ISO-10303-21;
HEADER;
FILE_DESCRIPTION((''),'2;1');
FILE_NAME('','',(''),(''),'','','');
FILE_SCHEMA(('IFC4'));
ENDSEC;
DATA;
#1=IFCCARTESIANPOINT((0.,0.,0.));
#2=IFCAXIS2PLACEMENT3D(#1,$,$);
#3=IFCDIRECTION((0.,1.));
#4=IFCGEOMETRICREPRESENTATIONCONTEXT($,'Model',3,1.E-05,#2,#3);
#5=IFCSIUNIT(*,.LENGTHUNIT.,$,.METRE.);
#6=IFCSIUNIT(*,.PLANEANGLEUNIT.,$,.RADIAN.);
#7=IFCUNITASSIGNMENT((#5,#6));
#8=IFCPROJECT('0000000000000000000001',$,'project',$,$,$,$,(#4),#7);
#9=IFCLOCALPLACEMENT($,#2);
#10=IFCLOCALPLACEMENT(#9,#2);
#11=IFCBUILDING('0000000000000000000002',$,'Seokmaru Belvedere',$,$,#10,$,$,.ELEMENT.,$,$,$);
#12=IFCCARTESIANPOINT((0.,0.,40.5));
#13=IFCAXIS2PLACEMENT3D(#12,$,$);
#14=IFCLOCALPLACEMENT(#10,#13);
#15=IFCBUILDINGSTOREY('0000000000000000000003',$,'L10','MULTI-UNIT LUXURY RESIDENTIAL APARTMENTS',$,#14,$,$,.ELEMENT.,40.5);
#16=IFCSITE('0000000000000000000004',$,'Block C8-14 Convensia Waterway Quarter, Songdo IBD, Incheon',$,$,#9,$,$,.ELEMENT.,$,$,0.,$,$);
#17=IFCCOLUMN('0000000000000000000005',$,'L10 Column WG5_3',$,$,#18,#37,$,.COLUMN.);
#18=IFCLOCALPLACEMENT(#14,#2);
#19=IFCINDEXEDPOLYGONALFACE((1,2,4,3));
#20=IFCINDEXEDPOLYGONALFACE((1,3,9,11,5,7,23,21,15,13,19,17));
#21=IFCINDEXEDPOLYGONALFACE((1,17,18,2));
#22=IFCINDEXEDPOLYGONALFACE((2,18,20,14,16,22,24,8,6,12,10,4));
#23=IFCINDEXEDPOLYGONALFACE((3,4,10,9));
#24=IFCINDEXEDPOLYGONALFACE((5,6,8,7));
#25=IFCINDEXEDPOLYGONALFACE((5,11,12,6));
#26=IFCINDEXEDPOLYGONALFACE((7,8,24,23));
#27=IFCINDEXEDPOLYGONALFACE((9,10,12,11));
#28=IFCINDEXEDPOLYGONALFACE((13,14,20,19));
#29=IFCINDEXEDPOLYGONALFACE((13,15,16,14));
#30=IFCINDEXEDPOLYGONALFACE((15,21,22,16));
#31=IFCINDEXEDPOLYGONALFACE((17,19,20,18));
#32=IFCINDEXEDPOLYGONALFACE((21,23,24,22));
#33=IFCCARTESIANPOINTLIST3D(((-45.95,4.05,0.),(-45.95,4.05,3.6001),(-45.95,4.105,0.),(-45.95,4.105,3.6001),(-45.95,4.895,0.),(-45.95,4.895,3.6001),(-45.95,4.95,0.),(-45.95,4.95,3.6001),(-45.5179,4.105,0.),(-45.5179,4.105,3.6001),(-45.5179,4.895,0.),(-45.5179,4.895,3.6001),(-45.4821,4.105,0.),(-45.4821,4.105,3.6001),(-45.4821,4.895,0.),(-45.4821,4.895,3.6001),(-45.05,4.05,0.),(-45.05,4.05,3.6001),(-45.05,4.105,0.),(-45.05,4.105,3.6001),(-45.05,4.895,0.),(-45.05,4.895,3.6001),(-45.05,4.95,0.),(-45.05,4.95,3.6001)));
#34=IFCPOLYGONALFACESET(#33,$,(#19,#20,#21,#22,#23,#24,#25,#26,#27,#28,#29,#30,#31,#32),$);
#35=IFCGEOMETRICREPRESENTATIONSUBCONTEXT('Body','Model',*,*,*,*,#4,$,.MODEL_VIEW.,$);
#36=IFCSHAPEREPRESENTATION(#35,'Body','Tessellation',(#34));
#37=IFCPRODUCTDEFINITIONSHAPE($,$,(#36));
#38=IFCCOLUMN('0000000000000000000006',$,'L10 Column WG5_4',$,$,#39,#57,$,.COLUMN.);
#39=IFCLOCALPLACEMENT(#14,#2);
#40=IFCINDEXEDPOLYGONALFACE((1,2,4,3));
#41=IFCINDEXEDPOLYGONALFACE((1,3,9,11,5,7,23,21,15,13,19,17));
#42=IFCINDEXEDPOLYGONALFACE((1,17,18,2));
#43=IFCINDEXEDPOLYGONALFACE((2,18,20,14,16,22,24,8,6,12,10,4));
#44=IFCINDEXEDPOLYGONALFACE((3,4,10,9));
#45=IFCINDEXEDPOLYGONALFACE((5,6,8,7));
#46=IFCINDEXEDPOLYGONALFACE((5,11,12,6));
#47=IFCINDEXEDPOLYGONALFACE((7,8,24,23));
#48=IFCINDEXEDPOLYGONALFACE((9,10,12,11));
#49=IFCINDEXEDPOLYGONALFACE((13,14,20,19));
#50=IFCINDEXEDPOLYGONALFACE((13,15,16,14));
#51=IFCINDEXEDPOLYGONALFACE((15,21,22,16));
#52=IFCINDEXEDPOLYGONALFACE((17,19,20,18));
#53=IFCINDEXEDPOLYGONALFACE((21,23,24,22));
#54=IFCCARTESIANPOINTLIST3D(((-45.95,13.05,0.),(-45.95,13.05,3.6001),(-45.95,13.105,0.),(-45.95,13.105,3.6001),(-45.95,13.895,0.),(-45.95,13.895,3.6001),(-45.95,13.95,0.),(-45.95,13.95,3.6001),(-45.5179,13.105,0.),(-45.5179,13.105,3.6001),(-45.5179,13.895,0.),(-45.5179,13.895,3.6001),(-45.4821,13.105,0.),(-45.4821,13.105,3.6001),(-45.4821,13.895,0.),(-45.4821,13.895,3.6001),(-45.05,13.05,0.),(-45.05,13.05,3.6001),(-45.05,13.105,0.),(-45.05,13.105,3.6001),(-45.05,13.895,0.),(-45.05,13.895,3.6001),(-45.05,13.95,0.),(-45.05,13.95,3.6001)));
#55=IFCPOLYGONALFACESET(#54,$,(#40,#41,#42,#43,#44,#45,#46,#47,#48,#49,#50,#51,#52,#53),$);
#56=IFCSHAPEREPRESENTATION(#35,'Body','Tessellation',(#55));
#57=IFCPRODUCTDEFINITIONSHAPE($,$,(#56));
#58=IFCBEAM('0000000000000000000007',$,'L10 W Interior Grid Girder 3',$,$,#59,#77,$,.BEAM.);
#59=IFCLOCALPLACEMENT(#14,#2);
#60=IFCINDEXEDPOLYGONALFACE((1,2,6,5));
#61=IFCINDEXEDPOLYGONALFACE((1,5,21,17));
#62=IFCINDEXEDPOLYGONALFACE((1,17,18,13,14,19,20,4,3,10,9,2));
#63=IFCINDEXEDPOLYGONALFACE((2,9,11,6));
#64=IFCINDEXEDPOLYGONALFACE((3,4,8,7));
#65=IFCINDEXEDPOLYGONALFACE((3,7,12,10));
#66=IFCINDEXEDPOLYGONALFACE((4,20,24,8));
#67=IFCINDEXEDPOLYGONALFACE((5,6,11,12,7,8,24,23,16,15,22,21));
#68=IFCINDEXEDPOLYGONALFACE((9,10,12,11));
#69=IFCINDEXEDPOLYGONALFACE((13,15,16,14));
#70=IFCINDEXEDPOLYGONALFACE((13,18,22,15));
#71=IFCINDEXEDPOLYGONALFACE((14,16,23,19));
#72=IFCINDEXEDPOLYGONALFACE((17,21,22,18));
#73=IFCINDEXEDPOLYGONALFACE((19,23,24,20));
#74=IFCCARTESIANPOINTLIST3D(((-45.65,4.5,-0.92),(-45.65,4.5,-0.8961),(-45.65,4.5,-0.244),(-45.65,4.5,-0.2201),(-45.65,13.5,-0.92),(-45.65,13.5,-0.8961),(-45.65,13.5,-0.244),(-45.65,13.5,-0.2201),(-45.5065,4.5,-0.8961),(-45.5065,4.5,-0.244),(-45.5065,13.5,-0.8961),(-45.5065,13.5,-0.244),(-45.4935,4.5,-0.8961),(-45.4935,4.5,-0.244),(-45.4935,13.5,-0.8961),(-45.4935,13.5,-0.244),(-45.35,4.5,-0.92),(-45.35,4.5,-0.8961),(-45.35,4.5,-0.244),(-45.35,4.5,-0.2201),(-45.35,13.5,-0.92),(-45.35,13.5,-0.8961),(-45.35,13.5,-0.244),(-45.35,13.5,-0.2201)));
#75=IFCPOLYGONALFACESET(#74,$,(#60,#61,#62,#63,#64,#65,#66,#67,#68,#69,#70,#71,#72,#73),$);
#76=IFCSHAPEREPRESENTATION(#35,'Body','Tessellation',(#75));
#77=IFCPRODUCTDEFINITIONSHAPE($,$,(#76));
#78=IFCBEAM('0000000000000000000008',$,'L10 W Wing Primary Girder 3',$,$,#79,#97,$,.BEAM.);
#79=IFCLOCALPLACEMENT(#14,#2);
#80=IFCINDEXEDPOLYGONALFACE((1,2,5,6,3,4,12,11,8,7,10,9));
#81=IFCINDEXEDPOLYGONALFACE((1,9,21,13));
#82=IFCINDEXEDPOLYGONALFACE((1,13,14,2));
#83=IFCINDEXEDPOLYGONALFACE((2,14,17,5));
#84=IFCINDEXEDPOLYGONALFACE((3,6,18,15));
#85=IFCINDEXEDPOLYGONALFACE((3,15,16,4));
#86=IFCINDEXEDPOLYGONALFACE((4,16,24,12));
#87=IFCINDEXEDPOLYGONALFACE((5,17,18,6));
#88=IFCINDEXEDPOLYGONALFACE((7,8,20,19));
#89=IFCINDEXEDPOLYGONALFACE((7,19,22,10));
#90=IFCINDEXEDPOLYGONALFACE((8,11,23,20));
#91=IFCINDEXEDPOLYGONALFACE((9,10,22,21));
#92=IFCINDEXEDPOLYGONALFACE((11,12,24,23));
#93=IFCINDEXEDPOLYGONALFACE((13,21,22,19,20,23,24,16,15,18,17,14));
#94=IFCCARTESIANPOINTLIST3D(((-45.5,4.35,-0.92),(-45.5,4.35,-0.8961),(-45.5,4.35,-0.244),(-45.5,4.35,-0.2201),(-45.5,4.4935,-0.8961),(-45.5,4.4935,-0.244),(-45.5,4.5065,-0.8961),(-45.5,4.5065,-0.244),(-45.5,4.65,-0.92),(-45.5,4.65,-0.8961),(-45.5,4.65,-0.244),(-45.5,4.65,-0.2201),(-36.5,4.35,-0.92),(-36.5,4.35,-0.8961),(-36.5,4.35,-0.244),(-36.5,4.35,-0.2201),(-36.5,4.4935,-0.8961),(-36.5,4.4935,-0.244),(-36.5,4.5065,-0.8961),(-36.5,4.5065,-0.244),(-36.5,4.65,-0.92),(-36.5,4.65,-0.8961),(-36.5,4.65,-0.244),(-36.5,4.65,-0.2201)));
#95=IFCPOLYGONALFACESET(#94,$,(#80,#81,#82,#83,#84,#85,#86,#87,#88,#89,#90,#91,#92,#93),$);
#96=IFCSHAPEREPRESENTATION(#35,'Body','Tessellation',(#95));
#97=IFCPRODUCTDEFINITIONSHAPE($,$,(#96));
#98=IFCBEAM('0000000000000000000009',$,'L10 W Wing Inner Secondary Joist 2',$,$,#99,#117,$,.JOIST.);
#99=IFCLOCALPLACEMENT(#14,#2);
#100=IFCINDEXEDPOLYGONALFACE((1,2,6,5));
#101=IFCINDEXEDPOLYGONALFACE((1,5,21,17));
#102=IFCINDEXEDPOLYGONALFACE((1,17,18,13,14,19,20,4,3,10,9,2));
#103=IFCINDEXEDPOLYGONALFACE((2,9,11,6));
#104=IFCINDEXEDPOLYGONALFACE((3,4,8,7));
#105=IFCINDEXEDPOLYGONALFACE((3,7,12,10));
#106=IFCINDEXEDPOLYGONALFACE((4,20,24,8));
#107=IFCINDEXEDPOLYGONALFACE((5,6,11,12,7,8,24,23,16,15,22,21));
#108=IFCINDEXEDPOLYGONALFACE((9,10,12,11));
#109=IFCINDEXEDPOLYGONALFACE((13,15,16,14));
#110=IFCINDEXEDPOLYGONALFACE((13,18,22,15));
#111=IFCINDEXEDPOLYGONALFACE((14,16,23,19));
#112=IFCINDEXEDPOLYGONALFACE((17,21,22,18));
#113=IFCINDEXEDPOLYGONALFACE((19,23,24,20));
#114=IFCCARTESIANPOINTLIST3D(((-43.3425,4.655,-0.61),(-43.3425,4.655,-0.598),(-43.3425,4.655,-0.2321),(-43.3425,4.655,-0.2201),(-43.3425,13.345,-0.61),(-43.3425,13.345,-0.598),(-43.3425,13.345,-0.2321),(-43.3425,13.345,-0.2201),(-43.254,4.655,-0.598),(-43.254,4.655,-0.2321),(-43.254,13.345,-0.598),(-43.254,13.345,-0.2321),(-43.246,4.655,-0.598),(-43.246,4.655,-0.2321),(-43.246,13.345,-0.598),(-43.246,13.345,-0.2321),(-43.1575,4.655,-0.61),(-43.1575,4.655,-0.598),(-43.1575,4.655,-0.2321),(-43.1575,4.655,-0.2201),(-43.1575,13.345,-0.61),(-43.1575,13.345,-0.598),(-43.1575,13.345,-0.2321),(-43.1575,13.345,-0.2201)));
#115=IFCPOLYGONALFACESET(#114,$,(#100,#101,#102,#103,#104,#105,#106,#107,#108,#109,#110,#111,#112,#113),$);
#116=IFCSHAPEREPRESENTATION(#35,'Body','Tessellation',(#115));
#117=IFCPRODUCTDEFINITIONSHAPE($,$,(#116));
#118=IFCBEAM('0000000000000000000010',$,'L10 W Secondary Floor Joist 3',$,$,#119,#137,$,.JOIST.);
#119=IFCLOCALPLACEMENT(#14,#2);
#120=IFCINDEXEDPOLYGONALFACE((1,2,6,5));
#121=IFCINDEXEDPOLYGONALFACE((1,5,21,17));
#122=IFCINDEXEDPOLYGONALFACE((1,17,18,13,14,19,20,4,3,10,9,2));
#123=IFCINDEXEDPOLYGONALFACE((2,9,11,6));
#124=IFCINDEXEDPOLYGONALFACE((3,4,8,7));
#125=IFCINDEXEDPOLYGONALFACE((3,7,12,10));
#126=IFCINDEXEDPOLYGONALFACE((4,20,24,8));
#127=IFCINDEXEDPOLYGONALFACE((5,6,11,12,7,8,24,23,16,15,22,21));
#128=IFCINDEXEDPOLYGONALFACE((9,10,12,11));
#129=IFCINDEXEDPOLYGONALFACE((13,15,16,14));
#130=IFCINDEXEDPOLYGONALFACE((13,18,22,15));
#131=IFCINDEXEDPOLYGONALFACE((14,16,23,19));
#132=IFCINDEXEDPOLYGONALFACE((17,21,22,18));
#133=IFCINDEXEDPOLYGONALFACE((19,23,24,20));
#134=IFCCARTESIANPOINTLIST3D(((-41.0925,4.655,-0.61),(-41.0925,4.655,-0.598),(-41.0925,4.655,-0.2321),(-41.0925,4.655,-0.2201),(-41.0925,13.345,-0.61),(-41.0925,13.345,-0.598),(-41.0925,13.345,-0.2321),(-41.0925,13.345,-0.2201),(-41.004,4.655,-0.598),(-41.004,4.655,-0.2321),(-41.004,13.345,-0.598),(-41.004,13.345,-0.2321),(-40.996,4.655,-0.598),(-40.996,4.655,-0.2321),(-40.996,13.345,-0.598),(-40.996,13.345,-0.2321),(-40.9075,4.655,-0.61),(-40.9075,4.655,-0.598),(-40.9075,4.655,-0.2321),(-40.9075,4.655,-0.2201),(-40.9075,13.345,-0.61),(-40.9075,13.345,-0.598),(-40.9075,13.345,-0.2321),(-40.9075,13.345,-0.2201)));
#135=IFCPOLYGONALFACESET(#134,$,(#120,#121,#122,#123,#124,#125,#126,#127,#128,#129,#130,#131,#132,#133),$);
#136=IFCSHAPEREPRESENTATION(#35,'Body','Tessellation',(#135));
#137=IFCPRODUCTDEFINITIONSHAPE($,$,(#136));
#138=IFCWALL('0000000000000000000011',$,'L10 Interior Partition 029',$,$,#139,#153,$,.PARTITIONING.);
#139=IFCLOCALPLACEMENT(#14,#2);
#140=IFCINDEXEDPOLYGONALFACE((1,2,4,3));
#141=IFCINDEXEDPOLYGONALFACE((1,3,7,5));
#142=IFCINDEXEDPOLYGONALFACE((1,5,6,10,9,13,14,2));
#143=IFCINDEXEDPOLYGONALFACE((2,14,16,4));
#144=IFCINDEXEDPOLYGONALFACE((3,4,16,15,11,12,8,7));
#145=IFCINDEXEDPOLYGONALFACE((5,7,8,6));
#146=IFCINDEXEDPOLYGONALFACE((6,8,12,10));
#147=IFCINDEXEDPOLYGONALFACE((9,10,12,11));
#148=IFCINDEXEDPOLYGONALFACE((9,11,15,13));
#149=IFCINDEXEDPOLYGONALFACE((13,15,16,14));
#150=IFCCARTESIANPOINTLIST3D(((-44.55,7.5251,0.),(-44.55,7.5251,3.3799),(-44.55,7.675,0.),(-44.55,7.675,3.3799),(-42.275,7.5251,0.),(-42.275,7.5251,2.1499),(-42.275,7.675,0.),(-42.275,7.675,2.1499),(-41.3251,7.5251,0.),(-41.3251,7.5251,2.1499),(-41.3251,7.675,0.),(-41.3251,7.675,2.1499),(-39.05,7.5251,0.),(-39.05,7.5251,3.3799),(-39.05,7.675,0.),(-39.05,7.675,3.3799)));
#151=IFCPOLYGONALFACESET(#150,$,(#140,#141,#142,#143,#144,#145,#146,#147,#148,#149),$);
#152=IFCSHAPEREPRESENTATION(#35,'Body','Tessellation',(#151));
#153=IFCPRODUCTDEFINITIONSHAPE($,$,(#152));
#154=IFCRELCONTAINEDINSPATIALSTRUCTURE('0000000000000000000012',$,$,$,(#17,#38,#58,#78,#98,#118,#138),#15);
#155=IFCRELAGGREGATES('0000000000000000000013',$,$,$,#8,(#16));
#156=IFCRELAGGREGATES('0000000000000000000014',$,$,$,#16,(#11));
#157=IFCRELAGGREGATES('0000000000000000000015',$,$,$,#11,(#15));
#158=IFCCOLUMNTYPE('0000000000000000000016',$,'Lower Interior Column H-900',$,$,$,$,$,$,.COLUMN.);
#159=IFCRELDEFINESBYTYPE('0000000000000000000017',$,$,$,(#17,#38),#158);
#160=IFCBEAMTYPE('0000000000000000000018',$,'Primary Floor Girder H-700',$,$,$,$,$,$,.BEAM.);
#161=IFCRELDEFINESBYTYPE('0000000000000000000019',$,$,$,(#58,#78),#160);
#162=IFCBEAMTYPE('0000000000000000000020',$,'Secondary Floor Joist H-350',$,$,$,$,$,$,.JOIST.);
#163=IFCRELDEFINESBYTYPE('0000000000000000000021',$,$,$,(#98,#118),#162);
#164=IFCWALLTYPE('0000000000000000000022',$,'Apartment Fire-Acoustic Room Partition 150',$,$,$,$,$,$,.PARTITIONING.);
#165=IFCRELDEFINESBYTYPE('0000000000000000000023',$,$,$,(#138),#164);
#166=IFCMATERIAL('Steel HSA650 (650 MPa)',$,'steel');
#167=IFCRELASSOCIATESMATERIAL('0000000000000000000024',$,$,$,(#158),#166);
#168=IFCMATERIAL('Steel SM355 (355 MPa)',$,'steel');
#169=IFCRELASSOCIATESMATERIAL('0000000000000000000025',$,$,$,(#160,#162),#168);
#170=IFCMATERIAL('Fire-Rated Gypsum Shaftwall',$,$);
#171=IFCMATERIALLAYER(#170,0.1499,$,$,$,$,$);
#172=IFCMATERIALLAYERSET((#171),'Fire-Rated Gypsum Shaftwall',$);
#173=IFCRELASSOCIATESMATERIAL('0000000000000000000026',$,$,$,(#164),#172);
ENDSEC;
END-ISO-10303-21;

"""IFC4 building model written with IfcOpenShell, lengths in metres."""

from ifc_helpers import new_model, si_unit, direction, frame, frame_2d, origin, origin_2d, place, context, subcontext, project, spatial, rectangle, i_section, extrude, source, transform, mapped, material, layer, layer_set, material_profile, profile_set, type_object, type_shapes, element, save


model = new_model("IFC4")

# Units and contexts
model_context = context("Model", 3, precision=1e-05, world=origin(), true_north=direction((0.0, 1.0)))
body_context = subcontext(model_context, "Body", "Model", "MODEL_VIEW")
ifc_project = project(units=[si_unit("LENGTHUNIT", "METRE"), si_unit("PLANEANGLEUNIT", "RADIAN")], contexts=[model_context])

# Site, building, storey
site_placement = place(None, origin())
site = spatial("IfcSite", under=ifc_project, at=site_placement, Name="Block C8-14 Convensia Waterway Quarter, Songdo IBD, Incheon", CompositionType="ELEMENT", RefElevation=0.0)
building_placement = place(site_placement, origin())
building = spatial("IfcBuilding", under=site, at=building_placement, Name="Seokmaru Belvedere", CompositionType="ELEMENT")
storey_placement = place(building_placement, frame((0.0, 0.0, 40.5)))
storey = spatial("IfcBuildingStorey", under=building, at=storey_placement, Name="L10", Description="MULTI-UNIT LUXURY RESIDENTIAL APARTMENTS", CompositionType="ELEMENT", Elevation=40.5)

# Columns
ifc_material_1 = material(Name="Steel HSA650 (650 MPa)", Category="steel")
ifc_material_profile_1 = material_profile(ifc_material_1, i_section(OverallWidth=0.8999, OverallDepth=0.8999, WebThickness=0.0359, FlangeThickness=0.0549, at=origin_2d()), Name="H-900x900x36x55")
ifc_profile_set_1 = profile_set([ifc_material_profile_1], Name="Steel HSA650 (650 MPa)")
column_type = type_object("IfcColumnType", Name="Lower Interior Column H-900", PredefinedType="COLUMN", material=ifc_profile_set_1)
shared_shape_1 = source(origin(), body_context, "Body", "SweptSolid", [
    extrude(i_section(OverallWidth=0.8999, OverallDepth=0.8999, WebThickness=0.0359, FlangeThickness=0.0549, at=origin_2d()), origin(), (0.0, 0.0, 1.0), 3.6001),
])
type_shapes(column_type, [shared_shape_1])
for number, where, z_axis, x_axis, name in (
    (1, (-45.5, 4.5, 0.0), (0.0, 0.0, 1.0), (1.0, 0.0, 0.0), "L10 Column WG5_3"),
    (2, (-45.5, 13.5, 0.0), (0.0, 0.0, 1.0), (1.0, 0.0, 0.0), "L10 Column WG5_4"),
):
    element("IfcColumn", number, at=place(storey_placement, frame(where, z_axis=z_axis, x_axis=x_axis)), inside=storey, type_object=column_type, Name=name, PredefinedType="COLUMN", context=body_context, shape_type="MappedRepresentation", body=[
        mapped(shared_shape_1, transform((0.0, 0.0, 0.0), scale=1.0)),
    ])

# Beams
ifc_material_2 = material(Name="Steel SM355 (355 MPa)", Category="steel")
ifc_material_profile_2 = material_profile(ifc_material_2, i_section(OverallWidth=0.3, OverallDepth=0.7, WebThickness=0.0129, FlangeThickness=0.0239, at=origin_2d()), Name="H-700x300x13x24")
ifc_profile_set_2 = profile_set([ifc_material_profile_2], Name="Steel SM355 (355 MPa)")
beam_type_1 = type_object("IfcBeamType", Name="Primary Floor Girder H-700", PredefinedType="BEAM", material=ifc_profile_set_2)
shared_shape_2 = source(origin(), body_context, "Body", "SweptSolid", [
    extrude(i_section(OverallWidth=0.3, OverallDepth=0.7, WebThickness=0.0129, FlangeThickness=0.0239, at=origin_2d()), origin(), (0.0, 0.0, 1.0), 9.0),
])
type_shapes(beam_type_1, [shared_shape_2])
for number, where, z_axis, x_axis, name in (
    (3, (-45.5, 4.5, -0.5701), (0.0, 1.0, 0.0), (-1.0, 0.0, 0.0), "L10 W Interior Grid Girder 3"),
    (4, (-45.5, 4.5, -0.5701), (1.0, 0.0, 0.0), (0.0, 1.0, 0.0), "L10 W Wing Primary Girder 3"),
):
    element("IfcBeam", number, at=place(storey_placement, frame(where, z_axis=z_axis, x_axis=x_axis)), inside=storey, type_object=beam_type_1, Name=name, PredefinedType="BEAM", context=body_context, shape_type="MappedRepresentation", body=[
        mapped(shared_shape_2, transform((0.0, 0.0, 0.0), scale=1.0)),
    ])
ifc_material_profile_3 = material_profile(ifc_material_2, i_section(OverallWidth=0.1851, OverallDepth=0.3899, WebThickness=0.0081, FlangeThickness=0.012, at=origin_2d()), Name="H-390x185x8x12")
ifc_profile_set_3 = profile_set([ifc_material_profile_3], Name="Steel SM355 (355 MPa)")
beam_type_2 = type_object("IfcBeamType", Name="Secondary Floor Joist H-350", PredefinedType="JOIST", material=ifc_profile_set_3)
shared_shape_3 = source(origin(), body_context, "Body", "SweptSolid", [
    extrude(i_section(OverallWidth=0.1851, OverallDepth=0.3899, WebThickness=0.0081, FlangeThickness=0.012, at=origin_2d()), origin(), (0.0, 0.0, 1.0), 8.6899),
])
type_shapes(beam_type_2, [shared_shape_3])
for number, where, z_axis, x_axis, name in (
    (5, (-43.25, 4.655, -0.415), (0.0, 1.0, 0.0), (-1.0, 0.0, 0.0), "L10 W Wing Inner Secondary Joist 2"),
    (6, (-41.0, 4.655, -0.415), (0.0, 1.0, 0.0), (-1.0, 0.0, 0.0), "L10 W Secondary Floor Joist 3"),
):
    element("IfcBeam", number, at=place(storey_placement, frame(where, z_axis=z_axis, x_axis=x_axis)), inside=storey, type_object=beam_type_2, Name=name, PredefinedType="JOIST", context=body_context, shape_type="MappedRepresentation", body=[
        mapped(shared_shape_3, transform((0.0, 0.0, 0.0), scale=1.0)),
    ])

# Wall, opening
ifc_material_3 = material(Name="Fire-Rated Gypsum Shaftwall")
ifc_layer_1 = layer(ifc_material_3, 0.1499)
ifc_layer_set_1 = layer_set([ifc_layer_1], Name="Fire-Rated Gypsum Shaftwall")
wall_type_1 = type_object("IfcWallType", Name="Apartment Fire-Acoustic Room Partition 150", PredefinedType="PARTITIONING", material=ifc_layer_set_1)
wall_1_placement = place(storey_placement, frame((-44.55, 7.6001, 0.0), z_axis=(0.0, 0.0, 1.0), x_axis=(1.0, 0.0, 0.0)))
wall_1 = element("IfcWall", 7, at=wall_1_placement, inside=storey, type_object=wall_type_1, Name="L10 Interior Partition 029", PredefinedType="PARTITIONING", context=body_context, shape_type="SweptSolid", body=[
    extrude(rectangle(XDim=5.5, YDim=0.1499, at=frame_2d((2.75, 0.0))), origin(), (0.0, 0.0, 1.0), 3.3799),
])
opening_1_placement = place(wall_1_placement, frame((2.2749, 0.0, 0.0)))
element("IfcOpeningElement", 8, at=opening_1_placement, cuts=wall_1, PredefinedType="OPENING", context=body_context, shape_type="SweptSolid", body=[
    extrude(rectangle(XDim=0.95, YDim=2.1499, at=frame_2d((0.4751, 1.075))), frame((0.0, 0.085, 0.0), z_axis=(0.0, -1.0, 0.0), x_axis=(1.0, 0.0, 0.0)), (0.0, 0.0, 1.0), 0.1699),
])

save(model, "model.ifc")
